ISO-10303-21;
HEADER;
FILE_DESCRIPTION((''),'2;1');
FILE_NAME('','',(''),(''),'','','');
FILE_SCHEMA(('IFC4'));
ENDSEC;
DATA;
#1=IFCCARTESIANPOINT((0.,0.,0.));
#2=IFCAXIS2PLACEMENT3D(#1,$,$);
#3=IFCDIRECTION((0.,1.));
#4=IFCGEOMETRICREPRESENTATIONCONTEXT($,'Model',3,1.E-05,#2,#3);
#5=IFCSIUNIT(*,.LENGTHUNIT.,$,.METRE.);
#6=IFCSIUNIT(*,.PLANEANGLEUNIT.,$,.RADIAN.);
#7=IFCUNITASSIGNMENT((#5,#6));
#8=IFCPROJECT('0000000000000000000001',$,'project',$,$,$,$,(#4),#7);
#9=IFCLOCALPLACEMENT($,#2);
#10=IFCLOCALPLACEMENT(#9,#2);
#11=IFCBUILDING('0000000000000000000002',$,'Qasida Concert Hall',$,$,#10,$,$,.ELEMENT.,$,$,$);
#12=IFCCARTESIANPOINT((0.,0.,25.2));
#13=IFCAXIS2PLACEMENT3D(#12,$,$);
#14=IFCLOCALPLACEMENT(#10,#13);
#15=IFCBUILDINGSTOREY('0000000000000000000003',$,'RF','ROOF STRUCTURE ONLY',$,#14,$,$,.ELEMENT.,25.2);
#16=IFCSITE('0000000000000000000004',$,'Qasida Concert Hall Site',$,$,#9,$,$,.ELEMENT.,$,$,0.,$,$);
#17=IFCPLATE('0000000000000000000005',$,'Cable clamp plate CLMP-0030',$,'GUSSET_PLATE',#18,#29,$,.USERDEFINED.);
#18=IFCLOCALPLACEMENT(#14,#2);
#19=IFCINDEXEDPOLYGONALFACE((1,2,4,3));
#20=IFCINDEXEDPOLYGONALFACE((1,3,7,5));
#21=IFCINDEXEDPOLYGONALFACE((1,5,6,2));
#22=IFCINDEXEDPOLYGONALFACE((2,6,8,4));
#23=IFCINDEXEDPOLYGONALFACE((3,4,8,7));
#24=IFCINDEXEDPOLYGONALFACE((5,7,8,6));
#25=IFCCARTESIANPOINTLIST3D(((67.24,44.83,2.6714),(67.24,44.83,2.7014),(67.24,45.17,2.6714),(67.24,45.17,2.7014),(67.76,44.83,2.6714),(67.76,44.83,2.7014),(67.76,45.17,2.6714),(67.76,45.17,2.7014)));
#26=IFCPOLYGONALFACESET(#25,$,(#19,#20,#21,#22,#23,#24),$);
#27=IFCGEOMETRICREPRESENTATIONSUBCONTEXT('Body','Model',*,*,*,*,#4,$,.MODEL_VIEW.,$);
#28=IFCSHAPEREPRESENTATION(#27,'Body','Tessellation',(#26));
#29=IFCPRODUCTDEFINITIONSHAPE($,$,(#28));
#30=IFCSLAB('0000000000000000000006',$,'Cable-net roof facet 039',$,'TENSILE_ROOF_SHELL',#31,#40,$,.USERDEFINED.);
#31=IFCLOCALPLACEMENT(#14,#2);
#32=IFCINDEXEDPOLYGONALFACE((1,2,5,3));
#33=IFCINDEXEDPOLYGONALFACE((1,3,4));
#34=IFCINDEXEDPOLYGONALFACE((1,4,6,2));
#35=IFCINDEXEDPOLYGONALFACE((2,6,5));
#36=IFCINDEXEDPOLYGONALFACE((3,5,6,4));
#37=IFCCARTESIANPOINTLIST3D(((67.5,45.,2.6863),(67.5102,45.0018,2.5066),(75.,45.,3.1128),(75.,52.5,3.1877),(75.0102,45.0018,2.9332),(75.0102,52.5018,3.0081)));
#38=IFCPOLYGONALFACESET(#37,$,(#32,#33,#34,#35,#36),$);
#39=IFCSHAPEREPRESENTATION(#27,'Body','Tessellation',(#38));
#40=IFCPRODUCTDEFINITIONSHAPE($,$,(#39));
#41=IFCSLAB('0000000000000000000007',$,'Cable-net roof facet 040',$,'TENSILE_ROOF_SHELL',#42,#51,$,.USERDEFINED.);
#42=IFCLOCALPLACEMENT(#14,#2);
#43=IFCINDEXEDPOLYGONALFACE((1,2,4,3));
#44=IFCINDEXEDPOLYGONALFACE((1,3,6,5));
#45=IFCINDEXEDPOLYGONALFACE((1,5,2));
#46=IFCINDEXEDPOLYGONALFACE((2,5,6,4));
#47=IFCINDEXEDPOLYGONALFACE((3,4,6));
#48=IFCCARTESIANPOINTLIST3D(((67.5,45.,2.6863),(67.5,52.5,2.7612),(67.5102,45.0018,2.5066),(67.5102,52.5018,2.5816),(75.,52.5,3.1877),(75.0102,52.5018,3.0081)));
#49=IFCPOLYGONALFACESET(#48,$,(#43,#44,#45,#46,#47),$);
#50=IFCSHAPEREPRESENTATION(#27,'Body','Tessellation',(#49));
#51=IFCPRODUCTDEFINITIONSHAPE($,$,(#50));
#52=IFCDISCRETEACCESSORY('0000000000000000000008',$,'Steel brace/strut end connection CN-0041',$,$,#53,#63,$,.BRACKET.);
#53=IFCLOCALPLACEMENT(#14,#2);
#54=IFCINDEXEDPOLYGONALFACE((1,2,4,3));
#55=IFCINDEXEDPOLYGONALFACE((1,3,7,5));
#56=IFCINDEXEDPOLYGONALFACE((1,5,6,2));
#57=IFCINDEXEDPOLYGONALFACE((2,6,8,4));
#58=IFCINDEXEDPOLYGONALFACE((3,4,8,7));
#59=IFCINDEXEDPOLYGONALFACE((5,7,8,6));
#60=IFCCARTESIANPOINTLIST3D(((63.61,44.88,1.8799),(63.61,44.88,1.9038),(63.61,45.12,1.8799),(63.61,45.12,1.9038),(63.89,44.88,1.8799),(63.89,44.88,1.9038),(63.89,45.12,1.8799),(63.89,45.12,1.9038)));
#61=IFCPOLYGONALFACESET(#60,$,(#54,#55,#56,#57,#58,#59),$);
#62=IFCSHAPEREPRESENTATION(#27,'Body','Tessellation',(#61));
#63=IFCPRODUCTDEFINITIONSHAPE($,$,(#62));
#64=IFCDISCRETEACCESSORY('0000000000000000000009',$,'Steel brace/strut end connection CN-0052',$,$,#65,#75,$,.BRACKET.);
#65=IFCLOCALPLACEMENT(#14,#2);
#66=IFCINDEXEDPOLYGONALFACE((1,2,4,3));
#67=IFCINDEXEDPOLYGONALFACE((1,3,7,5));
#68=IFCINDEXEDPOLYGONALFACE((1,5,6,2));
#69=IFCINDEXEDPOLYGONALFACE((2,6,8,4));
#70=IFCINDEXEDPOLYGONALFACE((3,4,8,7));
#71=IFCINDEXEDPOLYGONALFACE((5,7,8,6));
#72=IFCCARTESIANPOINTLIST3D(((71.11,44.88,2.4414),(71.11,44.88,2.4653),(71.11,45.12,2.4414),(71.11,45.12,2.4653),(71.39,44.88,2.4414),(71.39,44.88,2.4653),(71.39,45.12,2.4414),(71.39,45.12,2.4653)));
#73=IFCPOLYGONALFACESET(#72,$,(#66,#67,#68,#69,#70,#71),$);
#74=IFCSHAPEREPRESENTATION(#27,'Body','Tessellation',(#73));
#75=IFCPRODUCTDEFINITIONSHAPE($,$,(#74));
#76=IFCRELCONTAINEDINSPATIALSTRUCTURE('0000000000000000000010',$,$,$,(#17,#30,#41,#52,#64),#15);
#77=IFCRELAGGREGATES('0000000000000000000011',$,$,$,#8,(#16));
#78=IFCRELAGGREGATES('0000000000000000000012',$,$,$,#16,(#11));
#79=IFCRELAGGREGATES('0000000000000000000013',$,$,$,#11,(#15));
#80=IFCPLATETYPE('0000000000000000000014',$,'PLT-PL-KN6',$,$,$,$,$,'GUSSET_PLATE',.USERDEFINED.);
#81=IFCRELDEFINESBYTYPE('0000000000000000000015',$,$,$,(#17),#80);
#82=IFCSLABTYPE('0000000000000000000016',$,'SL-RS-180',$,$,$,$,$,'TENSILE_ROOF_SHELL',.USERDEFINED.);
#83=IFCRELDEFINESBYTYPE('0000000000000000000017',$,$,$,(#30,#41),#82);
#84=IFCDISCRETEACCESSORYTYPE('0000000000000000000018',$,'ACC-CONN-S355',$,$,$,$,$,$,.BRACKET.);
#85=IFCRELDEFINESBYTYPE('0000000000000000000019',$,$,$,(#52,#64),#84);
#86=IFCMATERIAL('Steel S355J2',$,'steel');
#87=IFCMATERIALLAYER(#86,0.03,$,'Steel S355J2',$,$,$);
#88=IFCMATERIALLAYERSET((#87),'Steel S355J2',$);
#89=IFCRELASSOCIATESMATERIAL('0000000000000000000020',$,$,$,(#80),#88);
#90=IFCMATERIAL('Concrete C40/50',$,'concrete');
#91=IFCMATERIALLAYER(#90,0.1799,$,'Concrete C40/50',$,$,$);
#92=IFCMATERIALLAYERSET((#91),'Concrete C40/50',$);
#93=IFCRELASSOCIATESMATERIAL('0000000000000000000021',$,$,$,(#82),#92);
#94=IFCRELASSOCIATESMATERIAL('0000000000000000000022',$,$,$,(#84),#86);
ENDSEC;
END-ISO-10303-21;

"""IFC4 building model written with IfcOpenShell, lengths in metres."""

from ifc_helpers import new_model, si_unit, direction, frame, origin, origin_2d, place, context, subcontext, project, spatial, polyline, rectangle, outline, extrude, material, layer, layer_set, type_object, element, save


model = new_model("IFC4")

# Units and contexts
model_context = context("Model", 3, precision=1e-05, world=origin(), true_north=direction((0.0, 1.0)))
body_context = subcontext(model_context, "Body", "Model", "MODEL_VIEW")
ifc_project = project(units=[si_unit("LENGTHUNIT", "METRE"), si_unit("PLANEANGLEUNIT", "RADIAN")], contexts=[model_context])

# Site, building, storey
site_placement = place(None, origin())
site = spatial("IfcSite", under=ifc_project, at=site_placement, Name="Qasida Concert Hall Site", CompositionType="ELEMENT", RefElevation=0.0)
building_placement = place(site_placement, origin())
building = spatial("IfcBuilding", under=site, at=building_placement, Name="Qasida Concert Hall", CompositionType="ELEMENT")
storey_placement = place(building_placement, frame((0.0, 0.0, 25.2)))
storey = spatial("IfcBuildingStorey", under=building, at=storey_placement, Name="RF", Description="ROOF STRUCTURE ONLY", CompositionType="ELEMENT", Elevation=25.2)

# Shared definitions
ifc_material_1 = material(Name="Steel S355J2", Category="steel")

# Plate
ifc_layer_1 = layer(ifc_material_1, 0.03, Name="Steel S355J2")
ifc_layer_set_1 = layer_set([ifc_layer_1], Name="Steel S355J2")
plate_type_1 = type_object("IfcPlateType", Name="PLT-PL-KN6", ElementType="GUSSET_PLATE", PredefinedType="USERDEFINED", material=ifc_layer_set_1)
plate_1_placement = place(storey_placement, frame((67.5, 45.0, 2.6714), z_axis=(0.0, 0.0, 1.0), x_axis=(1.0, 0.0, 0.0)))
element("IfcPlate", 1, at=plate_1_placement, inside=storey, type_object=plate_type_1, Name="Cable clamp plate CLMP-0030", ObjectType="GUSSET_PLATE", PredefinedType="USERDEFINED", context=body_context, shape_type="SweptSolid", body=[
    extrude(rectangle(XDim=0.52, YDim=0.3401, at=origin_2d()), origin(), (0.0, 0.0, 1.0), 0.03),
])

# Slabs
ifc_material_2 = material(Name="Concrete C40/50", Category="concrete")
ifc_layer_2 = layer(ifc_material_2, 0.1799, Name="Concrete C40/50")
ifc_layer_set_2 = layer_set([ifc_layer_2], Name="Concrete C40/50")
slab_type = type_object("IfcSlabType", Name="SL-RS-180", ElementType="TENSILE_ROOF_SHELL", PredefinedType="USERDEFINED", material=ifc_layer_set_2)
slab_1_placement = place(storey_placement, frame((67.5, 45.0, 2.6863), z_axis=(-0.056774, -0.009977, 0.998337), x_axis=(0.998387, 0.0, 0.056777)))
element("IfcSlab", 2, at=slab_1_placement, inside=storey, type_object=slab_type, Name="Cable-net roof facet 039", ObjectType="TENSILE_ROOF_SHELL", PredefinedType="USERDEFINED", context=body_context, shape_type="SweptSolid", body=[
    extrude(outline(polyline([(0.0, 0.0), (7.5121, 0.0), (7.5164, 7.5004), (0.0, 0.0)])), origin(), (0.0, 0.0, -1.0), 0.1799),
])
slab_2_placement = place(storey_placement, frame((67.5, 45.0, 2.6863), z_axis=(-0.056774, -0.009977, 0.998337), x_axis=(0.706318, 0.706318, 0.047226)))
element("IfcSlab", 3, at=slab_2_placement, inside=storey, type_object=slab_type, Name="Cable-net roof facet 040", ObjectType="TENSILE_ROOF_SHELL", PredefinedType="USERDEFINED", context=body_context, shape_type="SweptSolid", body=[
    extrude(outline(polyline([(0.0, 0.0), (10.6184, 0.0), (5.3009, 5.3062), (0.0, 0.0)])), origin(), (0.0, 0.0, -1.0), 0.1799),
])

# Discrete accessories
discrete_accessory_type = type_object("IfcDiscreteAccessoryType", Name="ACC-CONN-S355", PredefinedType="BRACKET", material=ifc_material_1)
for number, where, z_axis, x_axis, name in (
    (4, (63.75, 45.0, 1.8799), (0.0, 0.0, 1.0), (1.0, 0.0, 0.0), "Steel brace/strut end connection CN-0041"),
    (5, (71.25, 45.0, 2.4414), (0.0, 0.0, 1.0), (1.0, 0.0, 0.0), "Steel brace/strut end connection CN-0052"),
):
    element("IfcDiscreteAccessory", number, at=place(storey_placement, frame(where, z_axis=z_axis, x_axis=x_axis)), inside=storey, type_object=discrete_accessory_type, Name=name, PredefinedType="BRACKET", context=body_context, shape_type="SweptSolid", body=[
        extrude(rectangle(XDim=0.28, YDim=0.24, at=origin_2d()), origin(), (0.0, 0.0, 1.0), 0.0239),
    ])

save(model, "model.ifc")
